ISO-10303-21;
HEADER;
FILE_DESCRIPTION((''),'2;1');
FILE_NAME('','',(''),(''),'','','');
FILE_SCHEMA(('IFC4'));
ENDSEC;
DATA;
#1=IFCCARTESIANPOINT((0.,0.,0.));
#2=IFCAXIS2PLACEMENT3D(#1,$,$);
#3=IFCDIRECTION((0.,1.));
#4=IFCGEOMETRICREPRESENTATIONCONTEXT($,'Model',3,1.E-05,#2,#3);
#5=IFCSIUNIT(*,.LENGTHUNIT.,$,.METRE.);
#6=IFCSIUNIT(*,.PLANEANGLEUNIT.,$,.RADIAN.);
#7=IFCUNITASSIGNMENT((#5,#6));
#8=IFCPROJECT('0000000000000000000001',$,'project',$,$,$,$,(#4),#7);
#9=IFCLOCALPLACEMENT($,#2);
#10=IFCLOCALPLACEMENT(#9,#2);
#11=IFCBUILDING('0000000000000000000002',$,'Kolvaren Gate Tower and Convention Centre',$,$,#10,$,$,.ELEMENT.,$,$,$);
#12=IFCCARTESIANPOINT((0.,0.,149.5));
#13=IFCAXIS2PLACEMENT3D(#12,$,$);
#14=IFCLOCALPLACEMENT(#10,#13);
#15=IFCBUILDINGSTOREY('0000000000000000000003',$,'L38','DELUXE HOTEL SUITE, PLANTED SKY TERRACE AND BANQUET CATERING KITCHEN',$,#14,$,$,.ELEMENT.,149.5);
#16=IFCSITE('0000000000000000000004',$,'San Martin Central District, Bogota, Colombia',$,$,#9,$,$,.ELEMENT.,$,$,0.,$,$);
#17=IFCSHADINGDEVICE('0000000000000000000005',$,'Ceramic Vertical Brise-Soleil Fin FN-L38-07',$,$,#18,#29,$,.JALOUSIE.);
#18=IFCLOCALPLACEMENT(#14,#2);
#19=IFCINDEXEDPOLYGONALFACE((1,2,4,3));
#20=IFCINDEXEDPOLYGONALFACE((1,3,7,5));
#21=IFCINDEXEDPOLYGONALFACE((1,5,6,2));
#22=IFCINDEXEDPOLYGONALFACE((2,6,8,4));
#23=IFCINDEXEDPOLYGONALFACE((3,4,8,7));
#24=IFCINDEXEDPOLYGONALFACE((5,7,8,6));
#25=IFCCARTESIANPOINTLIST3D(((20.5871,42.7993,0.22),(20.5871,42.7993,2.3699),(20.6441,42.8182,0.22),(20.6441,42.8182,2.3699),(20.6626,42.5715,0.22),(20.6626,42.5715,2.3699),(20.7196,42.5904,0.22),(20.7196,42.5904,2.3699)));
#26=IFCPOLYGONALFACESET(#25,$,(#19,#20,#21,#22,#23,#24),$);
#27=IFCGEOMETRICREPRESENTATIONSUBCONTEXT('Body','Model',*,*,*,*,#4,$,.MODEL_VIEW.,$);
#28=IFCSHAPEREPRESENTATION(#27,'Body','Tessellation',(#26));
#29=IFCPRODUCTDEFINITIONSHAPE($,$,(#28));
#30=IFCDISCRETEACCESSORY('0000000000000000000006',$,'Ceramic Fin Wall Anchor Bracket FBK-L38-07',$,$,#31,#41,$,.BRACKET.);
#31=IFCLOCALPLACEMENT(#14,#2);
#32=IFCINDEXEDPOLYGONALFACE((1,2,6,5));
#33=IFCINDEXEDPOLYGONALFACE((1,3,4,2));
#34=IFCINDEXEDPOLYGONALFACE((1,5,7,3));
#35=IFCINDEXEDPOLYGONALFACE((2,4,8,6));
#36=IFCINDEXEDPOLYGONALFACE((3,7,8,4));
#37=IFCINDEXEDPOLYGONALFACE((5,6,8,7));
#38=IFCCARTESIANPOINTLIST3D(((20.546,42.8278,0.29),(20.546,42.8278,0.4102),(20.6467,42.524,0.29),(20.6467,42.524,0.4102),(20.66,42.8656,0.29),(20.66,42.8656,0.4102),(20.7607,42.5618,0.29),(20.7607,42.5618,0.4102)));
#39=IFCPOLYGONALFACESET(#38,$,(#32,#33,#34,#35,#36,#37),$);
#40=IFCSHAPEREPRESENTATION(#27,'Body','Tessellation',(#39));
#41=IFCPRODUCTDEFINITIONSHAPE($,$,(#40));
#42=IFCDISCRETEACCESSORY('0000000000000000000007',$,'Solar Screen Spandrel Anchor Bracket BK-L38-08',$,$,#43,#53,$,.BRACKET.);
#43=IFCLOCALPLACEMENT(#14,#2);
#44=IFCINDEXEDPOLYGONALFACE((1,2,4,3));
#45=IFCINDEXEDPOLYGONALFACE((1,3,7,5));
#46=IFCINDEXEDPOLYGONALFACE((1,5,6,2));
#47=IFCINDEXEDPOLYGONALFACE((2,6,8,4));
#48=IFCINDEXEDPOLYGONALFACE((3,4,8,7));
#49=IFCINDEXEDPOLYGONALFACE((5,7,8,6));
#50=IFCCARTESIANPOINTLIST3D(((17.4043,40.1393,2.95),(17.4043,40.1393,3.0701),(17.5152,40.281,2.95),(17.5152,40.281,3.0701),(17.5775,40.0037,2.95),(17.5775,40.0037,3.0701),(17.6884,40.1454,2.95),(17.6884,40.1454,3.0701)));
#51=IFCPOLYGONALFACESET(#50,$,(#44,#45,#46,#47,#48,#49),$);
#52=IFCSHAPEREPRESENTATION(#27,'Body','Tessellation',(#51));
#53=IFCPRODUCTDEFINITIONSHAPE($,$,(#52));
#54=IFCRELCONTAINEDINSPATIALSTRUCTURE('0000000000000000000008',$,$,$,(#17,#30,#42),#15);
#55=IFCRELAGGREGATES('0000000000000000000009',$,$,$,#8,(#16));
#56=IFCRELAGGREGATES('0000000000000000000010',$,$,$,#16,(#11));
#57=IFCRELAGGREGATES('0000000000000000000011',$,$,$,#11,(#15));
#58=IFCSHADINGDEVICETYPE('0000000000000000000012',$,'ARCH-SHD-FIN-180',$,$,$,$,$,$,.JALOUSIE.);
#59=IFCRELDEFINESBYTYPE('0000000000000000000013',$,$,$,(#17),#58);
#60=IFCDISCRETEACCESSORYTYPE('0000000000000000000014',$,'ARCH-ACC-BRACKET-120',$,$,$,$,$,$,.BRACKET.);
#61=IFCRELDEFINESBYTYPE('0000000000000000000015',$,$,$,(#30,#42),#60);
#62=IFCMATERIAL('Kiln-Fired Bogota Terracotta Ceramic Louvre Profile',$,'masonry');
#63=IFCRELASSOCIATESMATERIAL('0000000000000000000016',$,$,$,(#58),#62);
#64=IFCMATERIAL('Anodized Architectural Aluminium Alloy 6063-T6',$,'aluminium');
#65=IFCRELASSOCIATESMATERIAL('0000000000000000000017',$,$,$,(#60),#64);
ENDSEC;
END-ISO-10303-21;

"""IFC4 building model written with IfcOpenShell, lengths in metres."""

from ifc_helpers import new_model, si_unit, direction, frame, origin, origin_2d, place, context, subcontext, project, spatial, rectangle, extrude, material, type_object, element, save


model = new_model("IFC4")

# Units and contexts
model_context = context("Model", 3, precision=1e-05, world=origin(), true_north=direction((0.0, 1.0)))
body_context = subcontext(model_context, "Body", "Model", "MODEL_VIEW")
ifc_project = project(units=[si_unit("LENGTHUNIT", "METRE"), si_unit("PLANEANGLEUNIT", "RADIAN")], contexts=[model_context])

# Site, building, storey
site_placement = place(None, origin())
site = spatial("IfcSite", under=ifc_project, at=site_placement, Name="San Martin Central District, Bogota, Colombia", CompositionType="ELEMENT", RefElevation=0.0)
building_placement = place(site_placement, origin())
building = spatial("IfcBuilding", under=site, at=building_placement, Name="Kolvaren Gate Tower and Convention Centre", CompositionType="ELEMENT")
storey_placement = place(building_placement, frame((0.0, 0.0, 149.5)))
storey = spatial("IfcBuildingStorey", under=building, at=storey_placement, Name="L38", Description="DELUXE HOTEL SUITE, PLANTED SKY TERRACE AND BANQUET CATERING KITCHEN", CompositionType="ELEMENT", Elevation=149.5)

# Shared definitions
ifc_material_1 = material(Name="Anodized Architectural Aluminium Alloy 6063-T6", Category="aluminium")

# Shading device
ifc_material_2 = material(Name="Kiln-Fired Bogota Terracotta Ceramic Louvre Profile", Category="masonry")
shading_device_type = type_object("IfcShadingDeviceType", Name="ARCH-SHD-FIN-180", PredefinedType="JALOUSIE", material=ifc_material_2)
shading_device_placement = place(storey_placement, frame((20.6533, 42.6948, 0.22), z_axis=(0.0, 0.0, 1.0), x_axis=(0.949238, 0.314559, 0.0)))
element("IfcShadingDevice", 1, at=shading_device_placement, inside=storey, type_object=shading_device_type, Name="Ceramic Vertical Brise-Soleil Fin FN-L38-07", PredefinedType="JALOUSIE", context=body_context, shape_type="SweptSolid", body=[
    extrude(rectangle(XDim=0.0601, YDim=0.24, at=origin_2d()), origin(), (0.0, 0.0, 1.0), 2.1499),
])

# Discrete accessories
discrete_accessory_type = type_object("IfcDiscreteAccessoryType", Name="ARCH-ACC-BRACKET-120", PredefinedType="BRACKET", material=ifc_material_1)
discrete_accessory_1_placement = place(storey_placement, frame((20.6533, 42.6948, 0.29), z_axis=(0.0, 0.0, 1.0), x_axis=(0.949238, 0.314559, 0.0)))
element("IfcDiscreteAccessory", 2, at=discrete_accessory_1_placement, inside=storey, type_object=discrete_accessory_type, Name="Ceramic Fin Wall Anchor Bracket FBK-L38-07", PredefinedType="BRACKET", context=body_context, shape_type="SweptSolid", body=[
    extrude(rectangle(XDim=0.1201, YDim=0.3201, at=origin_2d()), origin(), (0.0, 0.0, 1.0), 0.1201),
])
discrete_accessory_2_placement = place(storey_placement, frame((17.5464, 40.1423, 2.95), z_axis=(0.0, 0.0, 1.0), x_axis=(0.616446, 0.787397, 0.0)))
element("IfcDiscreteAccessory", 3, at=discrete_accessory_2_placement, inside=storey, type_object=discrete_accessory_type, Name="Solar Screen Spandrel Anchor Bracket BK-L38-08", PredefinedType="BRACKET", context=body_context, shape_type="SweptSolid", body=[
    extrude(rectangle(XDim=0.1799, YDim=0.22, at=origin_2d()), origin(), (0.0, 0.0, 1.0), 0.1201),
])

save(model, "model.ifc")
